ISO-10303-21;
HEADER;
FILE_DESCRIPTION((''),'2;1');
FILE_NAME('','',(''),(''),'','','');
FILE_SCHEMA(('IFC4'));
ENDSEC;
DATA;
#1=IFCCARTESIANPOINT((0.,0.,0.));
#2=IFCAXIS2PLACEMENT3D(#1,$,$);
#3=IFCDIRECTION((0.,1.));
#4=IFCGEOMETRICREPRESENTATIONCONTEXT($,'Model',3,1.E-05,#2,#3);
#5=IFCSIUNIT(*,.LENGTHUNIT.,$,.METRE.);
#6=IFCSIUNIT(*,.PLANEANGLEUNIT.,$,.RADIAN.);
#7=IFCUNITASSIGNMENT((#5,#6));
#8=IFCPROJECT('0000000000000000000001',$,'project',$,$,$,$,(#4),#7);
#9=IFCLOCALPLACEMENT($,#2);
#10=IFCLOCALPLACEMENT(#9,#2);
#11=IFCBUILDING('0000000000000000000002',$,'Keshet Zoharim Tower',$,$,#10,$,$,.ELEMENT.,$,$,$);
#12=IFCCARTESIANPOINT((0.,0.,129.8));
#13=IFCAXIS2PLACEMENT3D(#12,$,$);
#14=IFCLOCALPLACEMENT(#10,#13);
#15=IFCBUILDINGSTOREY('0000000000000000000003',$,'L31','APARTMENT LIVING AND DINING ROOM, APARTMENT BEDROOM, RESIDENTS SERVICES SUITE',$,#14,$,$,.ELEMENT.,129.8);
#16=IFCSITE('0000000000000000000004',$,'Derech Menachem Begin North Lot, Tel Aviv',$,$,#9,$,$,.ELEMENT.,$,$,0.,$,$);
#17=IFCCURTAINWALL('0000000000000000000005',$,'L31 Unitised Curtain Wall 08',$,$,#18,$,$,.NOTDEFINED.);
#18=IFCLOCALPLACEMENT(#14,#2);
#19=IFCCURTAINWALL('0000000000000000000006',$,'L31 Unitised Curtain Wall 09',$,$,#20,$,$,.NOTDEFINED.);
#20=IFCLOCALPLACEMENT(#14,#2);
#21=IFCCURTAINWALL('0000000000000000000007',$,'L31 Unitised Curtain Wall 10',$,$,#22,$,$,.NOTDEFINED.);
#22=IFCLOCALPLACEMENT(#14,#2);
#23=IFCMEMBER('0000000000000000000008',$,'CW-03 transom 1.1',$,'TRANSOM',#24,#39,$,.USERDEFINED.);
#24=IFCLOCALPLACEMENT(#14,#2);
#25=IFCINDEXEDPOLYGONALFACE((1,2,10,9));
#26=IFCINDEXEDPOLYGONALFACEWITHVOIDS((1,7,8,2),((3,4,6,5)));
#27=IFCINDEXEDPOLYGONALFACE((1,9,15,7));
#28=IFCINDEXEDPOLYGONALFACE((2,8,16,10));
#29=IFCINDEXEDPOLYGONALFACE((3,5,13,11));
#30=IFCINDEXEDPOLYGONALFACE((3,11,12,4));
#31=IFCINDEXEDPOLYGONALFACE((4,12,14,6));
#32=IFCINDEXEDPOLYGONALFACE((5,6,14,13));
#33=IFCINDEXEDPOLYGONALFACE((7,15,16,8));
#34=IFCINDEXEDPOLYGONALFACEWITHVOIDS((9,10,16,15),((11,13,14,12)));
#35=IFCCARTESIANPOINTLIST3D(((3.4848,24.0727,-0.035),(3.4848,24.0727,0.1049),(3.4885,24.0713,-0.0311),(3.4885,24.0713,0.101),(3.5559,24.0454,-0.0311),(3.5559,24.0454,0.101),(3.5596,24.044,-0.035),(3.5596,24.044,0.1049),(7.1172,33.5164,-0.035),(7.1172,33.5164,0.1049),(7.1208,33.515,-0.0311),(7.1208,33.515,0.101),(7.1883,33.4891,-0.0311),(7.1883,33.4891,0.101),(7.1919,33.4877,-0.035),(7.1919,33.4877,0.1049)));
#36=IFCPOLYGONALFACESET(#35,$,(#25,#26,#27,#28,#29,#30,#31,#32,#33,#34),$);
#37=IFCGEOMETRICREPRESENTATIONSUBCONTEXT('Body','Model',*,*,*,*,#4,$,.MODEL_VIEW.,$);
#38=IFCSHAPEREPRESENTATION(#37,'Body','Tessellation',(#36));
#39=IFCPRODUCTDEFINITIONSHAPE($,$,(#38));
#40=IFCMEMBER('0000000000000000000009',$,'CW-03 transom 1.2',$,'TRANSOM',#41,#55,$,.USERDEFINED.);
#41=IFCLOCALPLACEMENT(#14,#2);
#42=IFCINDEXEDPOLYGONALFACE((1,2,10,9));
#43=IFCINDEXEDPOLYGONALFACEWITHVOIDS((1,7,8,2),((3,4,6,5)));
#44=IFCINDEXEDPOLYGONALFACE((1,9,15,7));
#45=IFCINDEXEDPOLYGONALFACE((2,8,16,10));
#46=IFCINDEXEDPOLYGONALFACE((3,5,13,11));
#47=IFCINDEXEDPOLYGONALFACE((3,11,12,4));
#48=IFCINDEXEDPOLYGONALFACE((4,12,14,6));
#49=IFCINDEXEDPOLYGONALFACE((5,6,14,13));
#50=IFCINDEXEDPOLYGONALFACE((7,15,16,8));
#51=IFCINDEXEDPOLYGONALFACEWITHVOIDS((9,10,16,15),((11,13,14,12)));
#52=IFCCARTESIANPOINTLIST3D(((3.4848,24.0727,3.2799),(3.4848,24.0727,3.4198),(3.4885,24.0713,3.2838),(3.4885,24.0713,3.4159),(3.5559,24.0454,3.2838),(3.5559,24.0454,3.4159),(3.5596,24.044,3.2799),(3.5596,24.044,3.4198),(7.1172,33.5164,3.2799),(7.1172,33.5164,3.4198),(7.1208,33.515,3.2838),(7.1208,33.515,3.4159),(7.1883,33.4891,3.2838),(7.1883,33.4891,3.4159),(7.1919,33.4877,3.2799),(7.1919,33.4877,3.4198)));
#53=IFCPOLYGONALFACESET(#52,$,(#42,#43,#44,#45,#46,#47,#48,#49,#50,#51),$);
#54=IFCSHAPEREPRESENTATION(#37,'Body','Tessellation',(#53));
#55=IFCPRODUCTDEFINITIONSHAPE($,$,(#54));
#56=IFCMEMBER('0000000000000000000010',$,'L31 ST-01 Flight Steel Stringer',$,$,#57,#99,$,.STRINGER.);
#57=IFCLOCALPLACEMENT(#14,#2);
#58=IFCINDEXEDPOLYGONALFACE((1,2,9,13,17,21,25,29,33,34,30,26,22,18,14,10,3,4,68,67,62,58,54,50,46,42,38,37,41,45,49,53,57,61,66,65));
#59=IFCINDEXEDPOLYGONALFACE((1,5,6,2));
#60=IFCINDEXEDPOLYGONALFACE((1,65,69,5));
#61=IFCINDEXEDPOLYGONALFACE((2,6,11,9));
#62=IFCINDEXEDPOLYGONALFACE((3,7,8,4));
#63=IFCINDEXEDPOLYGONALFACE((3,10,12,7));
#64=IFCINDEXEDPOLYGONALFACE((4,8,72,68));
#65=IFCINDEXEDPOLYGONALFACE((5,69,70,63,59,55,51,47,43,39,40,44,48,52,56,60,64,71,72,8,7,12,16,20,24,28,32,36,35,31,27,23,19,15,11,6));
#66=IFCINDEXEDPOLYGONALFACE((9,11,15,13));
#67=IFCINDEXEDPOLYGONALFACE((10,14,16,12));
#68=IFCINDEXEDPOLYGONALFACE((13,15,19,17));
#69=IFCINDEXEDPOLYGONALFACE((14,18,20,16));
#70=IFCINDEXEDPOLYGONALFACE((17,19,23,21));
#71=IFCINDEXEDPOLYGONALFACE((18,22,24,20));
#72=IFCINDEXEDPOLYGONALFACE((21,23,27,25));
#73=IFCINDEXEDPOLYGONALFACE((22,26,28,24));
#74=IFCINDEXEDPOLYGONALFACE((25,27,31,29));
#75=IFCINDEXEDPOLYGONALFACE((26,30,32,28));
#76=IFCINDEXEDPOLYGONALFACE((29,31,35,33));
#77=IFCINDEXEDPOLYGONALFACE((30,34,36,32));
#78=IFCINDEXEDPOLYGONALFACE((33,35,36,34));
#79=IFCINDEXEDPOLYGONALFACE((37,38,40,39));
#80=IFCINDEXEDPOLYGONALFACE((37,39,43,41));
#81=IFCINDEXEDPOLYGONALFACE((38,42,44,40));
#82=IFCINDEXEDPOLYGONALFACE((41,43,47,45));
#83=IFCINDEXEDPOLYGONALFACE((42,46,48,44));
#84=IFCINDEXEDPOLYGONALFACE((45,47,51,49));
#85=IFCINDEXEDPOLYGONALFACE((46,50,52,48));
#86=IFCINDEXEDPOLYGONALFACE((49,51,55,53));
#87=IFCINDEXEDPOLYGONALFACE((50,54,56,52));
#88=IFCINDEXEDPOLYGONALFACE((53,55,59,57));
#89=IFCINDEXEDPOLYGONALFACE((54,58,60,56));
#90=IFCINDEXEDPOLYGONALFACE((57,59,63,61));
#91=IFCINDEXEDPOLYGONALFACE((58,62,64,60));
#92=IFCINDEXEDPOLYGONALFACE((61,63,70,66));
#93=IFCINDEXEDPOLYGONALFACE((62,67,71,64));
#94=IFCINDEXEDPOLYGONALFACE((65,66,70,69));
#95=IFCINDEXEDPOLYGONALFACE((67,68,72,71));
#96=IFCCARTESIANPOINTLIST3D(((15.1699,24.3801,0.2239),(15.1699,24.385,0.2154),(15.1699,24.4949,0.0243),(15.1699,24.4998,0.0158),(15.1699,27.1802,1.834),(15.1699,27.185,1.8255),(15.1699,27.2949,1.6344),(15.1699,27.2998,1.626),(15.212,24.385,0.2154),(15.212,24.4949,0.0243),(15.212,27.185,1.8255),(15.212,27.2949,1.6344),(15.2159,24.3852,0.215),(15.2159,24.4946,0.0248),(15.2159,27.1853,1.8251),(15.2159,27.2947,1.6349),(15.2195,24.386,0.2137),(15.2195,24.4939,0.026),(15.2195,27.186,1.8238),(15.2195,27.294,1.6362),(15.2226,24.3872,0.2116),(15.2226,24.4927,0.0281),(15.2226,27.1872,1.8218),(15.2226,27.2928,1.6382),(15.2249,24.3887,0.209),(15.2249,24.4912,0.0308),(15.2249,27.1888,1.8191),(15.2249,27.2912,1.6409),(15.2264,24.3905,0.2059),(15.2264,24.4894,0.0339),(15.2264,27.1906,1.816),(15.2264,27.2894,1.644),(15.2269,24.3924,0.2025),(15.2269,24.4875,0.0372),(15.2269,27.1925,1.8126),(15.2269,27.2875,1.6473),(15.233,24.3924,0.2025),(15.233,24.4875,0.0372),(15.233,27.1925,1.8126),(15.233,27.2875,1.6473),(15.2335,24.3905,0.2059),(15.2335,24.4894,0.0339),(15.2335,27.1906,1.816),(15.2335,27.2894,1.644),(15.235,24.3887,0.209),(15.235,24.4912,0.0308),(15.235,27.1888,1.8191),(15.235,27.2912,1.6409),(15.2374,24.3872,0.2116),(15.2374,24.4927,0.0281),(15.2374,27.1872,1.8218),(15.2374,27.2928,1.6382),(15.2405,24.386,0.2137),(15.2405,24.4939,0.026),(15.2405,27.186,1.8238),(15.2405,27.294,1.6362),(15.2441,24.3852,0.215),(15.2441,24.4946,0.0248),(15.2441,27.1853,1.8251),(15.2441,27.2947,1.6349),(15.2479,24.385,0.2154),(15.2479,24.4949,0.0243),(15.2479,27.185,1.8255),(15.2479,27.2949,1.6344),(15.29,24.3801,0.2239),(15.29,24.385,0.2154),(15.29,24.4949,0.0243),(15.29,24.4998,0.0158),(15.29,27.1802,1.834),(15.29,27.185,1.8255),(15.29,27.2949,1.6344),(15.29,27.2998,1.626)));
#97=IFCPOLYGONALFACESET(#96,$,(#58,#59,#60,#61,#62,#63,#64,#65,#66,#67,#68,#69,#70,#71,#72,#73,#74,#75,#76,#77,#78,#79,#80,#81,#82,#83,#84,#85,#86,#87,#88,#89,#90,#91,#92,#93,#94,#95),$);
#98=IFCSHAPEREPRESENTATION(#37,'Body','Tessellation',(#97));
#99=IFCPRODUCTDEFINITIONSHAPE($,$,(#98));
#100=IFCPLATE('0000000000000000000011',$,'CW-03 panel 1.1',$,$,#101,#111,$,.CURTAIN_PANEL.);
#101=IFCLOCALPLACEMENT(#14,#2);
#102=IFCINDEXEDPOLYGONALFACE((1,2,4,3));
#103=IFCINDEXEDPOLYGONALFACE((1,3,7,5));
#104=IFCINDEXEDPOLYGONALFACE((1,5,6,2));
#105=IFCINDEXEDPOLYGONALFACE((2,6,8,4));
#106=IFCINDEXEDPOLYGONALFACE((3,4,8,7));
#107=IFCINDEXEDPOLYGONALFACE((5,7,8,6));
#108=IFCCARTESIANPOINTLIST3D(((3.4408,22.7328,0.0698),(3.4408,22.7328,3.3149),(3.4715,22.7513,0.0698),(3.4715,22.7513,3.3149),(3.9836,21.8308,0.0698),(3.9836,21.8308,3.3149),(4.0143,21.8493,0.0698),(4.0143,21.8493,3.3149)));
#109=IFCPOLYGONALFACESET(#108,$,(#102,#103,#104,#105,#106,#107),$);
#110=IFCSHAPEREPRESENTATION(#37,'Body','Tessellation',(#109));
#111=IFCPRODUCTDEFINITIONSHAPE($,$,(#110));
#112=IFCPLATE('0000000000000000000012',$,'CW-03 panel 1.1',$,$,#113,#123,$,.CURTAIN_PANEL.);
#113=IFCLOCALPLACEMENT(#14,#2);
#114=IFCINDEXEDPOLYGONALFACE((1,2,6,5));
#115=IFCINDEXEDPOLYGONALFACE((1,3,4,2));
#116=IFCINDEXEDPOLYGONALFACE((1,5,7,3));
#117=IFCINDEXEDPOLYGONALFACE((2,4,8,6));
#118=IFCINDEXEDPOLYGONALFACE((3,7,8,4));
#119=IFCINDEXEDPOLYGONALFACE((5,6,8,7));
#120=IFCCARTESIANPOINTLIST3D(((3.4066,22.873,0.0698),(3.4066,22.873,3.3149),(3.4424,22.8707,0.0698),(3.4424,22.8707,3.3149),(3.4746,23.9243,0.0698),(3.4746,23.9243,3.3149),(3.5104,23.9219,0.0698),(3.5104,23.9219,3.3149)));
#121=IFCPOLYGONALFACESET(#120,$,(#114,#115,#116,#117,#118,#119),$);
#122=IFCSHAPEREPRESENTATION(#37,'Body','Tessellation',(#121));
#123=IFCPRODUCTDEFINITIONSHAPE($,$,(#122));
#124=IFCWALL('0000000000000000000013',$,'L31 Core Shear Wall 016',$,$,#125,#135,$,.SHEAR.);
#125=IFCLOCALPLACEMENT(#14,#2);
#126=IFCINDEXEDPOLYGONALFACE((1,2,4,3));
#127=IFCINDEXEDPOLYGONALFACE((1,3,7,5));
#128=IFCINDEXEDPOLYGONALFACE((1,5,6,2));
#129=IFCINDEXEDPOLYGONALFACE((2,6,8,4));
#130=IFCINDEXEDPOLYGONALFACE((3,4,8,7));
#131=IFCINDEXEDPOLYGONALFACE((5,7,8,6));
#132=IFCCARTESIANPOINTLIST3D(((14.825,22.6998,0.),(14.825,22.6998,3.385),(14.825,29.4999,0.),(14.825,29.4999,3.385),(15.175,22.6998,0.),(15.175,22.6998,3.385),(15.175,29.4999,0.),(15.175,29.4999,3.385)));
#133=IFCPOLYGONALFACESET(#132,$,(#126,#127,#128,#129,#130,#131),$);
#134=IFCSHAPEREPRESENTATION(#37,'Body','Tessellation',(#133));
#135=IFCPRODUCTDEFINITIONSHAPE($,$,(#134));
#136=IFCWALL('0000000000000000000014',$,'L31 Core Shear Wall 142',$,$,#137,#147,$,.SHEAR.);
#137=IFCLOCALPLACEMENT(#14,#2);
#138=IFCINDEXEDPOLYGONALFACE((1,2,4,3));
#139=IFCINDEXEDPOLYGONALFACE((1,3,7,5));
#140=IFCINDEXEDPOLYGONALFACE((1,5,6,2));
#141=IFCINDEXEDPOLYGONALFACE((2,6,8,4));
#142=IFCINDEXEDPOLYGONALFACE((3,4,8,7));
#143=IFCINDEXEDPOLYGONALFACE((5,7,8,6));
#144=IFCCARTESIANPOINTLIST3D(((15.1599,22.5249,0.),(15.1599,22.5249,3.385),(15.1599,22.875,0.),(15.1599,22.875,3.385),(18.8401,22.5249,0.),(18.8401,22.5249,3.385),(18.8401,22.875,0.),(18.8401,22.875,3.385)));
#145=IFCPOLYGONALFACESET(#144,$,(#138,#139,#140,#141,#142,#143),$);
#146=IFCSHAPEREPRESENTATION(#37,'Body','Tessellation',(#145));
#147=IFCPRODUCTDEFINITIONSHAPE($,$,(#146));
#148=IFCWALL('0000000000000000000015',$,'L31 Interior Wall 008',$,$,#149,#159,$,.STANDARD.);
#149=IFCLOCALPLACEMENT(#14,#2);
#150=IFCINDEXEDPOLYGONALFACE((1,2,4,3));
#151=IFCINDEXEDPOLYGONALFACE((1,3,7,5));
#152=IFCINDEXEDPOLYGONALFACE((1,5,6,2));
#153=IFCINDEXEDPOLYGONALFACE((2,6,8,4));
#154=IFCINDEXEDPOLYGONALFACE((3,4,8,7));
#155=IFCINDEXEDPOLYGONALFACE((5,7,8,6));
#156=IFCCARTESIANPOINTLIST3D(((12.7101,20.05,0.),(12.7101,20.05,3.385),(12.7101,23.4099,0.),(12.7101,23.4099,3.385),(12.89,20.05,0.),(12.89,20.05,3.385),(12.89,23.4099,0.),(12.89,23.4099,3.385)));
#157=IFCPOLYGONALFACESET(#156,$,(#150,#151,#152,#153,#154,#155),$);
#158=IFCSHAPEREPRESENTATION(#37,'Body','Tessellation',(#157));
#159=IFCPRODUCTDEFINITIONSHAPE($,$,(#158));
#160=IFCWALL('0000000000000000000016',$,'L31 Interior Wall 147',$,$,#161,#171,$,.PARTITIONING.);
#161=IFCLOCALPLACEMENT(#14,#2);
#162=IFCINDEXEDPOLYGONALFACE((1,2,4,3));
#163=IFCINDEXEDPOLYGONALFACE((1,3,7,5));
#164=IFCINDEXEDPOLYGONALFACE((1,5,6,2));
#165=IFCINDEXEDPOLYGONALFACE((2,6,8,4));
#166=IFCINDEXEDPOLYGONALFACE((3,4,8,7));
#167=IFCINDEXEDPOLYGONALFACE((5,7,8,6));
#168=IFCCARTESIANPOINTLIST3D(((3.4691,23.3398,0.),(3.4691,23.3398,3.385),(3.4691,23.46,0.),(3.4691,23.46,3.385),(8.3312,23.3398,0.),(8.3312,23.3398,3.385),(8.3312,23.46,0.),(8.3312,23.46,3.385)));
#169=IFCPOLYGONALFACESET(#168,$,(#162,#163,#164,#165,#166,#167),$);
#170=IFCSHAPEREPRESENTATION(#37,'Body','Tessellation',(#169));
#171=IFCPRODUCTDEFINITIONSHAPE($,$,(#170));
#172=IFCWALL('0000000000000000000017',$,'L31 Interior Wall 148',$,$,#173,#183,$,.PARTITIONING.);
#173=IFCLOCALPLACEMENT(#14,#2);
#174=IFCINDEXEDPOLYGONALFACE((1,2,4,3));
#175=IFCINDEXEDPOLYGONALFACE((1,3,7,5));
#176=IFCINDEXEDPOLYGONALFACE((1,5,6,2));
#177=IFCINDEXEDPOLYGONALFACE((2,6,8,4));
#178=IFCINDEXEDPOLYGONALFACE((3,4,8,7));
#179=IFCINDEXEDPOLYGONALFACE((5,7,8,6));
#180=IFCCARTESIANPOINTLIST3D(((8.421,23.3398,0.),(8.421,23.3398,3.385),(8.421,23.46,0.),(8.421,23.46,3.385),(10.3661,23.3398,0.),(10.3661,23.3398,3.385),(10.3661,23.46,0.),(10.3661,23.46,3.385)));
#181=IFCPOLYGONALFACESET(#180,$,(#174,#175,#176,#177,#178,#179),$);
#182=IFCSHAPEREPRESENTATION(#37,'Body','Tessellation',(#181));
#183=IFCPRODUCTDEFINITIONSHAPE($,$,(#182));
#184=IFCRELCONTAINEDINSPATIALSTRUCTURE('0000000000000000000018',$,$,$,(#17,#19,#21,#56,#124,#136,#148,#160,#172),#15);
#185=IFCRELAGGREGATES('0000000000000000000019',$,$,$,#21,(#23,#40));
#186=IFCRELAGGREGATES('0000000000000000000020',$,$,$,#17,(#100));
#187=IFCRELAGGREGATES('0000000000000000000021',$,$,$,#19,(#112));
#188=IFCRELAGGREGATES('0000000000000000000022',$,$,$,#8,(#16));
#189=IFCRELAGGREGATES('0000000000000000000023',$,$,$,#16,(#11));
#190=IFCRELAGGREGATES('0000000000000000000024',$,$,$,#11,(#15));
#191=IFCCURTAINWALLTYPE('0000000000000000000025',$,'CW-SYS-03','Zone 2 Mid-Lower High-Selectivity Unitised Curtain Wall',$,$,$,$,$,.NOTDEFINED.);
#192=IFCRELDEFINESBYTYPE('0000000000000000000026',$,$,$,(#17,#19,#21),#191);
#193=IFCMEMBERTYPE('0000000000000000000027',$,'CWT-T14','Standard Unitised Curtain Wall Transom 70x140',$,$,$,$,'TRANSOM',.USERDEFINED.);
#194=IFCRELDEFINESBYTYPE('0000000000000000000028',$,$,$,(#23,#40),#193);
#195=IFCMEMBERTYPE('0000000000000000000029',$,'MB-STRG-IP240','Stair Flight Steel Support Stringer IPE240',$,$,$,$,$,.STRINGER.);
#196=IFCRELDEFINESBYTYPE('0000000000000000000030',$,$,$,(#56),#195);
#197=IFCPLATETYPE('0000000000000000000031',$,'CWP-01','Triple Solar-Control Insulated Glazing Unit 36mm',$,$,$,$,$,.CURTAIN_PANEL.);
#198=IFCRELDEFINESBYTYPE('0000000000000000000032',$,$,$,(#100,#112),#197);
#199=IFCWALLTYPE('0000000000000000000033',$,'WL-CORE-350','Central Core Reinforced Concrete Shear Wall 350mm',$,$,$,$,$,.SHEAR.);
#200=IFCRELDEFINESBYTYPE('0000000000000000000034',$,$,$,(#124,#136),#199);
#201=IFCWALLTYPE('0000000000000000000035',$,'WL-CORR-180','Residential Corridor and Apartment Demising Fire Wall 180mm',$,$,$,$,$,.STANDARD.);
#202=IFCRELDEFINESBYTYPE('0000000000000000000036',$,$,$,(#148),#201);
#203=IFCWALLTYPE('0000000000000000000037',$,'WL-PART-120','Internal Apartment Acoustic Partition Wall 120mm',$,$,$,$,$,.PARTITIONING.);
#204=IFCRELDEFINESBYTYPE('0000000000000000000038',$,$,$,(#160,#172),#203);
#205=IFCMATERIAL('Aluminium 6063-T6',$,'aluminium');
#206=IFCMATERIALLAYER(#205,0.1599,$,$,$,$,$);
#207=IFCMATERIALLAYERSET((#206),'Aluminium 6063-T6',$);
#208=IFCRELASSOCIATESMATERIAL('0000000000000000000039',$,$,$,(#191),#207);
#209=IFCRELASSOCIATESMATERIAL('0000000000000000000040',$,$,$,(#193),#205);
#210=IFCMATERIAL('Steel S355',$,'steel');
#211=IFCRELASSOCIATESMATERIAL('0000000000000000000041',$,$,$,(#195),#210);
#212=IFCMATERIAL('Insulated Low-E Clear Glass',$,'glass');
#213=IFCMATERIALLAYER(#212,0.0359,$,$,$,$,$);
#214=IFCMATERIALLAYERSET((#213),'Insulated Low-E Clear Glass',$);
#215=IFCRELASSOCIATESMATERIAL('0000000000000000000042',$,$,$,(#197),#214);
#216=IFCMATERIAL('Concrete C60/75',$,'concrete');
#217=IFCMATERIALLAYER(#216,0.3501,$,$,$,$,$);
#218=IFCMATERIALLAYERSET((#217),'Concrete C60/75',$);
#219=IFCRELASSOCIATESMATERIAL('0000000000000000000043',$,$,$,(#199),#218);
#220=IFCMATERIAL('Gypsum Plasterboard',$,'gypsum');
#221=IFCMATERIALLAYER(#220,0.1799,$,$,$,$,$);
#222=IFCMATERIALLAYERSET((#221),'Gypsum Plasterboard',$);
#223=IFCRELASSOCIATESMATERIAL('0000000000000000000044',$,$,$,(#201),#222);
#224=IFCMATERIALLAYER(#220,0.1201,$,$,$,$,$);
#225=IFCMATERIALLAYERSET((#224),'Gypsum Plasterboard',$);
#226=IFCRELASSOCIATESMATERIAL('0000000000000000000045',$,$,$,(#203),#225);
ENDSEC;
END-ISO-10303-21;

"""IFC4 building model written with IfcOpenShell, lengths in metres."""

from ifc_helpers import new_model, si_unit, direction, frame, frame_2d, origin, origin_2d, place, context, subcontext, project, spatial, rectangle, hollow_rectangle, i_section, extrude, material, layer, layer_set, material_profile, profile_set, type_object, element, aggregate, save


model = new_model("IFC4")

# Units and contexts
model_context = context("Model", 3, precision=1e-05, world=origin(), true_north=direction((0.0, 1.0)))
body_context = subcontext(model_context, "Body", "Model", "MODEL_VIEW")
ifc_project = project(units=[si_unit("LENGTHUNIT", "METRE"), si_unit("PLANEANGLEUNIT", "RADIAN")], contexts=[model_context])

# Site, building, storey
site_placement = place(None, origin())
site = spatial("IfcSite", under=ifc_project, at=site_placement, Name="Derech Menachem Begin North Lot, Tel Aviv", CompositionType="ELEMENT", RefElevation=0.0)
building_placement = place(site_placement, origin())
building = spatial("IfcBuilding", under=site, at=building_placement, Name="Keshet Zoharim Tower", CompositionType="ELEMENT")
storey_placement = place(building_placement, frame((0.0, 0.0, 129.8)))
storey = spatial("IfcBuildingStorey", under=building, at=storey_placement, Name="L31", Description="APARTMENT LIVING AND DINING ROOM, APARTMENT BEDROOM, RESIDENTS SERVICES SUITE", CompositionType="ELEMENT", Elevation=129.8)

# Shared definitions
ifc_material_1 = material(Name="Concrete C60/75", Category="concrete")

# Shared definitions
ifc_material_2 = material(Name="Aluminium 6063-T6", Category="aluminium")
ifc_layer_1 = layer(ifc_material_2, 0.1599)
ifc_layer_set_1 = layer_set([ifc_layer_1], Name="Aluminium 6063-T6")
curtain_wall_type = type_object("IfcCurtainWallType", Name="CW-SYS-03", Description="Zone 2 Mid-Lower High-Selectivity Unitised Curtain Wall", PredefinedType="NOTDEFINED", material=ifc_layer_set_1)

# Curtain walls
curtain_wall_1_placement = place(storey_placement, origin())
curtain_wall_1 = element("IfcCurtainWall", 1, at=curtain_wall_1_placement, inside=storey, type_object=curtain_wall_type, Name="L31 Unitised Curtain Wall 08", PredefinedType="NOTDEFINED")
curtain_wall_2_placement = place(storey_placement, origin())
curtain_wall_2 = element("IfcCurtainWall", 2, at=curtain_wall_2_placement, inside=storey, type_object=curtain_wall_type, Name="L31 Unitised Curtain Wall 09", PredefinedType="NOTDEFINED")

# Curtain wall
curtain_wall_3_placement = place(storey_placement, origin())
curtain_wall_3 = element("IfcCurtainWall", 3, at=curtain_wall_3_placement, inside=storey, type_object=curtain_wall_type, Name="L31 Unitised Curtain Wall 10", PredefinedType="NOTDEFINED")

# Members
ifc_material_profile_1 = material_profile(ifc_material_2, hollow_rectangle(XDim=0.0801, YDim=0.1399, WallThickness=0.0039, at=origin_2d()), Name="TRN-80x140")
ifc_profile_set_1 = profile_set([ifc_material_profile_1], Name="Aluminium 6063-T6")
member_type_1 = type_object("IfcMemberType", Name="CWT-T14", Description="Standard Unitised Curtain Wall Transom 70x140", ElementType="TRANSOM", PredefinedType="USERDEFINED", material=ifc_profile_set_1)
member_1_placement = place(storey_placement, frame((3.5222, 24.0583, 0.0349), z_axis=(0.358994, 0.93334, 0.0), x_axis=(-0.93334, 0.358994, 0.0)))
member_1 = element("IfcMember", 4, at=member_1_placement, type_object=member_type_1, Name="CW-03 transom 1.1", ObjectType="TRANSOM", PredefinedType="USERDEFINED", context=body_context, shape_type="SweptSolid", body=[
    extrude(hollow_rectangle(XDim=0.0801, YDim=0.1399, WallThickness=0.0039, at=origin_2d()), origin(), (0.0, 0.0, 1.0), 10.1182),
])
member_2_placement = place(storey_placement, frame((3.5222, 24.0583, 3.3499), z_axis=(0.358994, 0.93334, 0.0), x_axis=(-0.93334, 0.358994, 0.0)))
member_2 = element("IfcMember", 5, at=member_2_placement, type_object=member_type_1, Name="CW-03 transom 1.2", ObjectType="TRANSOM", PredefinedType="USERDEFINED", context=body_context, shape_type="SweptSolid", body=[
    extrude(hollow_rectangle(XDim=0.0801, YDim=0.1399, WallThickness=0.0039, at=origin_2d()), origin(), (0.0, 0.0, 1.0), 10.1182),
])
aggregate(curtain_wall_3, [member_1, member_2])
ifc_material_3 = material(Name="Steel S355", Category="steel")
ifc_material_profile_2 = material_profile(ifc_material_3, i_section(OverallWidth=0.1201, OverallDepth=0.24, WebThickness=0.0061, FlangeThickness=0.0098, FilletRadius=0.0149, at=origin_2d()), Name="IPE240")
ifc_profile_set_2 = profile_set([ifc_material_profile_2], Name="Steel S355")
member_type_2 = type_object("IfcMemberType", Name="MB-STRG-IP240", Description="Stair Flight Steel Support Stringer IPE240", PredefinedType="STRINGER", material=ifc_profile_set_2)
member_3_placement = place(storey_placement, frame((15.23, 24.4399, 0.1199), z_axis=(0.0, 0.866896, 0.49849), x_axis=(-1.0, 0.0, 0.0)))
element("IfcMember", 6, at=member_3_placement, inside=storey, type_object=member_type_2, Name="L31 ST-01 Flight Steel Stringer", PredefinedType="STRINGER", context=body_context, shape_type="SweptSolid", body=[
    extrude(i_section(OverallWidth=0.1201, OverallDepth=0.24, WebThickness=0.0061, FlangeThickness=0.0098, FilletRadius=0.0149, at=origin_2d()), origin(), (0.0, 0.0, 1.0), 3.23),
])

# Plates
ifc_material_4 = material(Name="Insulated Low-E Clear Glass", Category="glass")
ifc_layer_2 = layer(ifc_material_4, 0.0359)
ifc_layer_set_2 = layer_set([ifc_layer_2], Name="Insulated Low-E Clear Glass")
plate_type = type_object("IfcPlateType", Name="CWP-01", Description="Triple Solar-Control Insulated Glazing Unit 36mm", PredefinedType="CURTAIN_PANEL", material=ifc_layer_set_2)
plate_1_placement = place(storey_placement, frame((3.7275, 22.291, 0.0698), z_axis=(0.0, 0.0, 1.0), x_axis=(-0.515605, 0.856826, 0.0)))
plate_1 = element("IfcPlate", 7, at=plate_1_placement, type_object=plate_type, Name="CW-03 panel 1.1", PredefinedType="CURTAIN_PANEL", context=body_context, shape_type="SweptSolid", body=[
    extrude(rectangle(XDim=1.0527, YDim=0.0359, at=origin_2d()), origin(), (0.0, 0.0, 1.0), 3.2451),
])
aggregate(curtain_wall_1, [plate_1])
plate_2_placement = place(storey_placement, frame((3.4585, 23.3975, 0.0698), z_axis=(0.0, 0.0, 1.0), x_axis=(0.064517, 0.997917, 0.0)))
plate_2 = element("IfcPlate", 8, at=plate_2_placement, type_object=plate_type, Name="CW-03 panel 1.1", PredefinedType="CURTAIN_PANEL", context=body_context, shape_type="SweptSolid", body=[
    extrude(rectangle(XDim=1.0535, YDim=0.0359, at=origin_2d()), origin(), (0.0, 0.0, 1.0), 3.2451),
])
aggregate(curtain_wall_2, [plate_2])

# Walls
ifc_layer_3 = layer(ifc_material_1, 0.3501)
ifc_layer_set_3 = layer_set([ifc_layer_3], Name="Concrete C60/75")
wall_type_1 = type_object("IfcWallType", Name="WL-CORE-350", Description="Central Core Reinforced Concrete Shear Wall 350mm", PredefinedType="SHEAR", material=ifc_layer_set_3)
wall_1_placement = place(storey_placement, frame((15.0, 22.7, 0.0), z_axis=(0.0, 0.0, 1.0), x_axis=(0.0, 1.0, 0.0)))
element("IfcWall", 9, at=wall_1_placement, inside=storey, type_object=wall_type_1, Name="L31 Core Shear Wall 016", PredefinedType="SHEAR", context=body_context, shape_type="SweptSolid", body=[
    extrude(rectangle(XDim=6.8, YDim=0.3501, at=frame_2d((3.3999, 0.0))), origin(), (0.0, 0.0, 1.0), 3.385),
])
wall_2_placement = place(storey_placement, frame((15.1599, 22.7, 0.0), z_axis=(0.0, 0.0, 1.0), x_axis=(1.0, 0.0, 0.0)))
element("IfcWall", 10, at=wall_2_placement, inside=storey, type_object=wall_type_1, Name="L31 Core Shear Wall 142", PredefinedType="SHEAR", context=body_context, shape_type="SweptSolid", body=[
    extrude(rectangle(XDim=3.6802, YDim=0.3501, at=frame_2d((1.8401, 0.0))), origin(), (0.0, 0.0, 1.0), 3.385),
])
ifc_material_5 = material(Name="Gypsum Plasterboard", Category="gypsum")
ifc_layer_4 = layer(ifc_material_5, 0.1799)
ifc_layer_set_4 = layer_set([ifc_layer_4], Name="Gypsum Plasterboard")
wall_type_2 = type_object("IfcWallType", Name="WL-CORR-180", Description="Residential Corridor and Apartment Demising Fire Wall 180mm", PredefinedType="STANDARD", material=ifc_layer_set_4)
wall_3_placement = place(storey_placement, frame((12.8, 20.05, 0.0), z_axis=(0.0, 0.0, 1.0), x_axis=(0.0, 1.0, 0.0)))
element("IfcWall", 11, at=wall_3_placement, inside=storey, type_object=wall_type_2, Name="L31 Interior Wall 008", PredefinedType="STANDARD", context=body_context, shape_type="SweptSolid", body=[
    extrude(rectangle(XDim=3.3599, YDim=0.1799, at=frame_2d((1.6799, 0.0))), origin(), (0.0, 0.0, 1.0), 3.385),
])

# Walls
ifc_layer_5 = layer(ifc_material_5, 0.1201)
ifc_layer_set_5 = layer_set([ifc_layer_5], Name="Gypsum Plasterboard")
wall_type_3 = type_object("IfcWallType", Name="WL-PART-120", Description="Internal Apartment Acoustic Partition Wall 120mm", PredefinedType="PARTITIONING", material=ifc_layer_set_5)
wall_4_placement = place(storey_placement, frame((3.469, 23.3999, 0.0), z_axis=(0.0, 0.0, 1.0), x_axis=(1.0, 0.0, 0.0)))
element("IfcWall", 12, at=wall_4_placement, inside=storey, type_object=wall_type_3, Name="L31 Interior Wall 147", PredefinedType="PARTITIONING", context=body_context, shape_type="SweptSolid", body=[
    extrude(rectangle(XDim=4.8621, YDim=0.1201, at=frame_2d((2.4312, 0.0))), origin(), (0.0, 0.0, 1.0), 3.385),
])
wall_5_placement = place(storey_placement, frame((8.4209, 23.3999, 0.0), z_axis=(0.0, 0.0, 1.0), x_axis=(1.0, 0.0, 0.0)))
element("IfcWall", 13, at=wall_5_placement, inside=storey, type_object=wall_type_3, Name="L31 Interior Wall 148", PredefinedType="PARTITIONING", context=body_context, shape_type="SweptSolid", body=[
    extrude(rectangle(XDim=1.9451, YDim=0.1201, at=frame_2d((0.9727, 0.0))), origin(), (0.0, 0.0, 1.0), 3.385),
])

save(model, "model.ifc")
